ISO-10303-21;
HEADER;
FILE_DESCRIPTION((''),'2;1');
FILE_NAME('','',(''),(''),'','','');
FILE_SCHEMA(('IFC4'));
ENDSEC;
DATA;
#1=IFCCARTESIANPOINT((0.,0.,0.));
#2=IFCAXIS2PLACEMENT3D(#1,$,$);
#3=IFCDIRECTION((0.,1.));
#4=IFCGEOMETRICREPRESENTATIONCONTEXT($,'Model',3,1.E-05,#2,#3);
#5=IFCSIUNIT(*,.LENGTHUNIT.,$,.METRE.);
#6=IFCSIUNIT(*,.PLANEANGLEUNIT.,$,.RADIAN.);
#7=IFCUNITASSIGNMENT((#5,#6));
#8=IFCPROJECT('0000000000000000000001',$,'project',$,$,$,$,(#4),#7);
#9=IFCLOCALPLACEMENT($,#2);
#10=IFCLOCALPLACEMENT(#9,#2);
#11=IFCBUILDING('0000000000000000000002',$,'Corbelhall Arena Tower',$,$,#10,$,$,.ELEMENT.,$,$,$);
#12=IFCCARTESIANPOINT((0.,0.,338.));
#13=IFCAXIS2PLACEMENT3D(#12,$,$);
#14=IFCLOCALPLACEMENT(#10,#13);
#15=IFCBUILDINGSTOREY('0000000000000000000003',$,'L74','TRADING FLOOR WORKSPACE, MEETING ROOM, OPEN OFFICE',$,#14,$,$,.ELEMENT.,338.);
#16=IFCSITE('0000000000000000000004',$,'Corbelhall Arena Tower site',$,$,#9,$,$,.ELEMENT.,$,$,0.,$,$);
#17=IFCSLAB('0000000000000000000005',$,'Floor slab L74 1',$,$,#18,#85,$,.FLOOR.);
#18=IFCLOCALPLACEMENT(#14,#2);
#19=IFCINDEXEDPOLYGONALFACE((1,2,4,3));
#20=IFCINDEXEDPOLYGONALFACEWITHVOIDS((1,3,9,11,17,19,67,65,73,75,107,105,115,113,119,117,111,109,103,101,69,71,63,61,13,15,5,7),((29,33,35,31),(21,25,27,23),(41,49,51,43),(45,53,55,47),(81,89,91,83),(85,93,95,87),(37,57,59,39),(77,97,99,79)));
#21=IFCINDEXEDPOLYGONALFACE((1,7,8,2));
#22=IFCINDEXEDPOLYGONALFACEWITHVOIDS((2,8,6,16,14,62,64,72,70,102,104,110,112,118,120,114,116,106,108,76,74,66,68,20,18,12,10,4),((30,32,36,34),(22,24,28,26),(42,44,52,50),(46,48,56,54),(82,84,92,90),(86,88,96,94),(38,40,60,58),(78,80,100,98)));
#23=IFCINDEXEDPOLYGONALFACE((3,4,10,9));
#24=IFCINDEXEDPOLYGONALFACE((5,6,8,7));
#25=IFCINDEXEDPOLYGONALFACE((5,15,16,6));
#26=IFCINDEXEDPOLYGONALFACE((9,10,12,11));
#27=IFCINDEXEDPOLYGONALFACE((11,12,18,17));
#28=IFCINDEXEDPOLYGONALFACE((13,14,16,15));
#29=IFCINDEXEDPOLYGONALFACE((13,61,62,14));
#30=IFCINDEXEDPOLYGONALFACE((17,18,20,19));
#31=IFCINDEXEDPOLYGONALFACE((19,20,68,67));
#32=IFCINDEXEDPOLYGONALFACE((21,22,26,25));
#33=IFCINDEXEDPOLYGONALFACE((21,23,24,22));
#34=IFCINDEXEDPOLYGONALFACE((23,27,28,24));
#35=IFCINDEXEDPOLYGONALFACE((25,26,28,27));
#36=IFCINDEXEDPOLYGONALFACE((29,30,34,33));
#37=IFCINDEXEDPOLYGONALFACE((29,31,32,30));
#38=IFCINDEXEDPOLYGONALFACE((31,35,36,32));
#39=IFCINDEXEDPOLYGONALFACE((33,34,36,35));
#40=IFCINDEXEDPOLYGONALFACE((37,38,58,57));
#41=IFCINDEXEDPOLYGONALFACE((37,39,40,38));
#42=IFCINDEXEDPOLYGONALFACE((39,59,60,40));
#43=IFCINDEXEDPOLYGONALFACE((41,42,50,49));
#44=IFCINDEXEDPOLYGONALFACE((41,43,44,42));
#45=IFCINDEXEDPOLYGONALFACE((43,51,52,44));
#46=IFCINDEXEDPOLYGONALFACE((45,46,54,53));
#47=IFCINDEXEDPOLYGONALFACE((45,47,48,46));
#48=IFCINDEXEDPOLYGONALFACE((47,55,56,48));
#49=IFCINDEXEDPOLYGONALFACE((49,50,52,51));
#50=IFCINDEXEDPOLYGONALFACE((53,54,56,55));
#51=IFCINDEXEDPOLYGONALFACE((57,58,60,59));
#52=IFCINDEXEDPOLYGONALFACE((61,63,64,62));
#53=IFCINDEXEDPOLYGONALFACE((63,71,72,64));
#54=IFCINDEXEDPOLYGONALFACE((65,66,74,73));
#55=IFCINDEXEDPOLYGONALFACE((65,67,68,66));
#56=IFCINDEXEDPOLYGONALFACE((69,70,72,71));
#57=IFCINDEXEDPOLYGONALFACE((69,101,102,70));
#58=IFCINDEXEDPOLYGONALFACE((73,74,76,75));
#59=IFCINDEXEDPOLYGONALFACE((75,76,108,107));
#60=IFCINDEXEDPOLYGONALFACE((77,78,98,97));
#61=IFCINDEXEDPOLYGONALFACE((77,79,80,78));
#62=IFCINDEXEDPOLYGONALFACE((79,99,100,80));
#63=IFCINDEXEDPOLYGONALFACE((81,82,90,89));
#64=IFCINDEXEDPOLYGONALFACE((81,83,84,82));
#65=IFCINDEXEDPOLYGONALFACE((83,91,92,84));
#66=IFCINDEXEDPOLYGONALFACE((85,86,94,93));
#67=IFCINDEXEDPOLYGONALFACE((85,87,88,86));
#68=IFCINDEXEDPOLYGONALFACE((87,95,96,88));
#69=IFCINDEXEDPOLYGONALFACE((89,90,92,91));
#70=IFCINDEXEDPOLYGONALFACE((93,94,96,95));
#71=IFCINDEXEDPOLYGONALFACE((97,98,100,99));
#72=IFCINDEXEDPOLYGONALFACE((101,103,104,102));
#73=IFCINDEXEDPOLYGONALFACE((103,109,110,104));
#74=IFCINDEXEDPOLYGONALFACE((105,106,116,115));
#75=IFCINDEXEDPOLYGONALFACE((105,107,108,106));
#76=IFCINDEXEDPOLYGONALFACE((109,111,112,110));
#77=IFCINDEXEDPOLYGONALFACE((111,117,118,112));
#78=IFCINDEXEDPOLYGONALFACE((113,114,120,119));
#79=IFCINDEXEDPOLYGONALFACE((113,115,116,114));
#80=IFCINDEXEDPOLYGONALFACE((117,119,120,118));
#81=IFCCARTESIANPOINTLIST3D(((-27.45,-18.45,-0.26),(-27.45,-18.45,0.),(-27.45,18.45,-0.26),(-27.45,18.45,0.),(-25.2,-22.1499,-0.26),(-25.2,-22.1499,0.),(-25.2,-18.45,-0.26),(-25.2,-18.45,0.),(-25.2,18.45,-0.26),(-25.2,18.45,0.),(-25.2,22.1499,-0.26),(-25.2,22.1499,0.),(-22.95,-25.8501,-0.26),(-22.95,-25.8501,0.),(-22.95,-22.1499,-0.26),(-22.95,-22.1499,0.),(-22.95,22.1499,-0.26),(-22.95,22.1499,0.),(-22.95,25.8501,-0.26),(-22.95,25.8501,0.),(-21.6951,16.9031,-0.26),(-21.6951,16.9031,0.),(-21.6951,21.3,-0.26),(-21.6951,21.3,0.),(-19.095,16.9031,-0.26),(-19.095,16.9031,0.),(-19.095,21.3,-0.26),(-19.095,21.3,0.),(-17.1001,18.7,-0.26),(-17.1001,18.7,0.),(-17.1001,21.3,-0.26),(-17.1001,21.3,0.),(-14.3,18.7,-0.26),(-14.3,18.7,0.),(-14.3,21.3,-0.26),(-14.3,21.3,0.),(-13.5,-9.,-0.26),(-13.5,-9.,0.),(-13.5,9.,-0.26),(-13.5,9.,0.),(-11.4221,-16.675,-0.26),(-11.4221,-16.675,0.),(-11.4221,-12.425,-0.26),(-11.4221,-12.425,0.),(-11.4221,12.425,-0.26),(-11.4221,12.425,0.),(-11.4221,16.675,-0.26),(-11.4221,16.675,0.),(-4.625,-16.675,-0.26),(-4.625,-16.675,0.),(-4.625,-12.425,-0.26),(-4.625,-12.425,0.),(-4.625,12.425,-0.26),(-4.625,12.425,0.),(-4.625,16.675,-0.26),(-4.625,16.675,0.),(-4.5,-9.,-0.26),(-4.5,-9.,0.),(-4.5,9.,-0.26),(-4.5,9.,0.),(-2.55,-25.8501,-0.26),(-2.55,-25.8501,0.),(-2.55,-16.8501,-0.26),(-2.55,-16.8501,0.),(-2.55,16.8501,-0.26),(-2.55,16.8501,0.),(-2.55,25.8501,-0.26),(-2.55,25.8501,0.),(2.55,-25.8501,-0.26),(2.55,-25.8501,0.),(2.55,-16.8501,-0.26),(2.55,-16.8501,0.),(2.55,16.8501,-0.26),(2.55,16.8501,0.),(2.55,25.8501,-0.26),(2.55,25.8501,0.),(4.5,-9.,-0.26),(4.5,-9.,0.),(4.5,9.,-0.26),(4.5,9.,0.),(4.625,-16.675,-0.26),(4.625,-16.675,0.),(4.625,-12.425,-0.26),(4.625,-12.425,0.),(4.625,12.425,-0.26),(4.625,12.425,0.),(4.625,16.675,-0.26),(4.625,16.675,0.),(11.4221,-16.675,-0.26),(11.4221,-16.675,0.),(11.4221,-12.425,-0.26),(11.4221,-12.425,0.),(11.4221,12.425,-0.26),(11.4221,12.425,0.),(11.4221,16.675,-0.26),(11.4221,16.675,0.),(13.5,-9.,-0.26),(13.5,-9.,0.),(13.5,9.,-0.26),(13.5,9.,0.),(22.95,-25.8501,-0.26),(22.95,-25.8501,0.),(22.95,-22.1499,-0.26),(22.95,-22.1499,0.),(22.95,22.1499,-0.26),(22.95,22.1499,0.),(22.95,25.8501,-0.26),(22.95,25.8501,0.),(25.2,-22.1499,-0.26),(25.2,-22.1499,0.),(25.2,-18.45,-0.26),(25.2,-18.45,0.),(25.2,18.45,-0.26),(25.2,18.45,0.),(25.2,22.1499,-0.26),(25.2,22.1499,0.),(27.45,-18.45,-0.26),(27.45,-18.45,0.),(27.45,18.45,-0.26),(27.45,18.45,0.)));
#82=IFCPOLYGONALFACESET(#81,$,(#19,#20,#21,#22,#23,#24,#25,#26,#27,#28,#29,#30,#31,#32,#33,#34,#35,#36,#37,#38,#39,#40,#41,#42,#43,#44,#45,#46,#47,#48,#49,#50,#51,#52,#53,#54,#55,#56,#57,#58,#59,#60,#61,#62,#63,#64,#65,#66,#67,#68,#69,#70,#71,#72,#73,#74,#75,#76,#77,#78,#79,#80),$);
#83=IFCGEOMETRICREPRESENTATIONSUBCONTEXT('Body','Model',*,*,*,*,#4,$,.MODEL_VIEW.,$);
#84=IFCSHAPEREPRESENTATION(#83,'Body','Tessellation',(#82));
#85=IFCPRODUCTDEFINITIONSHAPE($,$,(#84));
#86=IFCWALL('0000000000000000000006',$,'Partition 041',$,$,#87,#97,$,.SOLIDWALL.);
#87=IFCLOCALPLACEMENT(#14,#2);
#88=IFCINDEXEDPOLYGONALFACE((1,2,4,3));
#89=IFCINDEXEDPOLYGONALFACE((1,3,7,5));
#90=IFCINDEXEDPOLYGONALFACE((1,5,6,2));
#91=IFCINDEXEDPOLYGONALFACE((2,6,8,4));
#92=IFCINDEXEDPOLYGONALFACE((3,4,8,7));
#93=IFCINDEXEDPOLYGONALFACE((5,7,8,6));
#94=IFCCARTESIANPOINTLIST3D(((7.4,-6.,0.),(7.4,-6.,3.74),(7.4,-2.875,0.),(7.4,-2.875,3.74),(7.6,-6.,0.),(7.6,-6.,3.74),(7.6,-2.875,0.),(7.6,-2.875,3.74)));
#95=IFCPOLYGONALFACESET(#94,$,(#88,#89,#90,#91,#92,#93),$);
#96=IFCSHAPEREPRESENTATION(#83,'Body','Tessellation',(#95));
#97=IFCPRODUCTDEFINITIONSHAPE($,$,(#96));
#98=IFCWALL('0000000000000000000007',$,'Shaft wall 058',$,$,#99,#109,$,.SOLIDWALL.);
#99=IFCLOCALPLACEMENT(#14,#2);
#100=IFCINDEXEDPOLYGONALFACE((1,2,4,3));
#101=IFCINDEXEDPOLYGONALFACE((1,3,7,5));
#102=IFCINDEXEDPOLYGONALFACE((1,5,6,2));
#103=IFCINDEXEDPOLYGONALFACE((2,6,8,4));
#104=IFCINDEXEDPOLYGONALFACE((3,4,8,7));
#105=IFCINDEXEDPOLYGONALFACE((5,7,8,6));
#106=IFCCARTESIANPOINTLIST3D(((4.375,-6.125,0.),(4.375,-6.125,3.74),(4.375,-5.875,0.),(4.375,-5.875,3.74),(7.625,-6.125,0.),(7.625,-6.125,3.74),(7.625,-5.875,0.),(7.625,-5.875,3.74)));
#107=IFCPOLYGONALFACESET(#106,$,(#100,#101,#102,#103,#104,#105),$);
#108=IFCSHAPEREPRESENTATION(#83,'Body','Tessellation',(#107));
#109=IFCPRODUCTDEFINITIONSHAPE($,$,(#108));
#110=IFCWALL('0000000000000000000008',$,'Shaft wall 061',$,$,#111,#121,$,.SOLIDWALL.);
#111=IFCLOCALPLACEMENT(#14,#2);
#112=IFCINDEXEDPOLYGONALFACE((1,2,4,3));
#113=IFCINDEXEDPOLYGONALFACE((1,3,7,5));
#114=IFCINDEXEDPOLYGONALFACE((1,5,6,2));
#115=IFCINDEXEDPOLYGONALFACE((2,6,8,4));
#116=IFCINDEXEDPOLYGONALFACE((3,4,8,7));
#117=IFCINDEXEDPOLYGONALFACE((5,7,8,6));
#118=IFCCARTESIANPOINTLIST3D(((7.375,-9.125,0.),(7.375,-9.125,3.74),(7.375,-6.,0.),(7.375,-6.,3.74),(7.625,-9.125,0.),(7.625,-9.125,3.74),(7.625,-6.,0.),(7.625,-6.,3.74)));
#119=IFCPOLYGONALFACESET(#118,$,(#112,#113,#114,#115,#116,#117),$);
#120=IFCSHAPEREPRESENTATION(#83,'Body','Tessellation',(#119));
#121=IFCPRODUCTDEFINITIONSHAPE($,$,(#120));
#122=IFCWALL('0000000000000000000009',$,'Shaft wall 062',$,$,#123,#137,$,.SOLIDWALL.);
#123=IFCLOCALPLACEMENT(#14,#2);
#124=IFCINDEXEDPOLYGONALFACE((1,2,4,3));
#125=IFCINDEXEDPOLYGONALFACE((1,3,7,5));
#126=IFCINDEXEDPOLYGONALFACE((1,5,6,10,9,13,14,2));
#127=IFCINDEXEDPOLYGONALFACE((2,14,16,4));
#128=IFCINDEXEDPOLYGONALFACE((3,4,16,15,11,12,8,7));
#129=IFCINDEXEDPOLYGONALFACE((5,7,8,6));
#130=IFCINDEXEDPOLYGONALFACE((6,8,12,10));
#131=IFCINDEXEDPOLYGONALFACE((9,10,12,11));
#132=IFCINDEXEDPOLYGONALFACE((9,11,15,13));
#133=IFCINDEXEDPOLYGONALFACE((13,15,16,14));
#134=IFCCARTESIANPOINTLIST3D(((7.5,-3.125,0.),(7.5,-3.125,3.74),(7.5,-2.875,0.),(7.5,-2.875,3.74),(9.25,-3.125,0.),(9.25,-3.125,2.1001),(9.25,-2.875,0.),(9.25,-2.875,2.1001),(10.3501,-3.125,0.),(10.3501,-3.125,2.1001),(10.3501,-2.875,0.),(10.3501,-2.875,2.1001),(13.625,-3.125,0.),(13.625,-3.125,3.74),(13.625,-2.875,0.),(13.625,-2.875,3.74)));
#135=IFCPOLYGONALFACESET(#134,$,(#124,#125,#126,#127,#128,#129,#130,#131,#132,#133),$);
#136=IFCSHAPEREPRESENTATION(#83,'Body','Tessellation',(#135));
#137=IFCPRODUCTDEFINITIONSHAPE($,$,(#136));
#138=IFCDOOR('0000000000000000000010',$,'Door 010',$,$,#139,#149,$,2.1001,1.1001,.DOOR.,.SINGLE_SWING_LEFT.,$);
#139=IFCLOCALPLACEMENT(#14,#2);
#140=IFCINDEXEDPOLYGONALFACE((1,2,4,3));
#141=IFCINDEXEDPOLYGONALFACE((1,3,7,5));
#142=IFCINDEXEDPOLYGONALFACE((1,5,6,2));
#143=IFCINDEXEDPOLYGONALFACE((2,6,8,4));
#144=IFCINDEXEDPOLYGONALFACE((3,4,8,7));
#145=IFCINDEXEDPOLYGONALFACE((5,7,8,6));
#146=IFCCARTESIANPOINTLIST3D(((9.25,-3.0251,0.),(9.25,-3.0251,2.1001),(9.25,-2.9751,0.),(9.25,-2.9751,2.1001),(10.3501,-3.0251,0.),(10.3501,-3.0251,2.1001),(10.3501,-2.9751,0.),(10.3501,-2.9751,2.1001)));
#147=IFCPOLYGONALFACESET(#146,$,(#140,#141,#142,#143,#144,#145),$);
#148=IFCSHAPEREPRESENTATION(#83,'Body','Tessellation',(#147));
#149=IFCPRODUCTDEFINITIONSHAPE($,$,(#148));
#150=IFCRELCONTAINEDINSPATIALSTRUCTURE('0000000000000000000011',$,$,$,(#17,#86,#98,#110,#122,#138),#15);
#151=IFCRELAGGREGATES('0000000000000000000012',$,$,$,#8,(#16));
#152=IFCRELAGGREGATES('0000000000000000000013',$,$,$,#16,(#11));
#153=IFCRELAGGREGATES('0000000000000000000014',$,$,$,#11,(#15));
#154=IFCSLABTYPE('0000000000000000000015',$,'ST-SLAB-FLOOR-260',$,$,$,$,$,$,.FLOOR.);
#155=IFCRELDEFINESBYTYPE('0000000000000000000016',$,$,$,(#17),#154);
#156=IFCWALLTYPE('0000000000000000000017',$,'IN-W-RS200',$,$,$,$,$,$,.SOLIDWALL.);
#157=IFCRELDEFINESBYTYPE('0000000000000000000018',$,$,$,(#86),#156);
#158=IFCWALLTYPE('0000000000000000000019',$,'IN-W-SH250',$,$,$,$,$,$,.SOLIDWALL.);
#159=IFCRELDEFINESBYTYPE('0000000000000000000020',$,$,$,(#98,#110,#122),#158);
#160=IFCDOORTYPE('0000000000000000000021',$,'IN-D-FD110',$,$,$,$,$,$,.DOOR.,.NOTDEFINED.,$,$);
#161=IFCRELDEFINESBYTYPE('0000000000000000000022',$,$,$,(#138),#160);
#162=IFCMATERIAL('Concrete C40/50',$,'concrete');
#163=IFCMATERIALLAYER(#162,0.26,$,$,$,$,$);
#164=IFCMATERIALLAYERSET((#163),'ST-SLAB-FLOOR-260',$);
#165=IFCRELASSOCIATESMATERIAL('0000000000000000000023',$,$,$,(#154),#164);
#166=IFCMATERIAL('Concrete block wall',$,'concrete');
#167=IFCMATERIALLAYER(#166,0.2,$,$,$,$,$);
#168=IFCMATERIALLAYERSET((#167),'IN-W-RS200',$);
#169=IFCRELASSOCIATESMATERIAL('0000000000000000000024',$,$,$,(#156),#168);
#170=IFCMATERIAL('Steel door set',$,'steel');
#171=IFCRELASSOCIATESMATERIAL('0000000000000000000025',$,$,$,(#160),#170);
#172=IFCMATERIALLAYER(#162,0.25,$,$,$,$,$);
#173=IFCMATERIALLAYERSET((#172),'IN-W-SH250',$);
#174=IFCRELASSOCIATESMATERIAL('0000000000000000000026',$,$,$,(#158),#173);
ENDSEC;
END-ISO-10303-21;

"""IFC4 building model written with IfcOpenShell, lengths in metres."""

from ifc_helpers import new_model, si_unit, direction, frame, frame_2d, origin, place, context, subcontext, project, spatial, polyline, rectangle, outline, extrude, material, layer, layer_set, type_object, element, fill, save


model = new_model("IFC4")

# Units and contexts
model_context = context("Model", 3, precision=1e-05, world=origin(), true_north=direction((0.0, 1.0)))
body_context = subcontext(model_context, "Body", "Model", "MODEL_VIEW")
ifc_project = project(units=[si_unit("LENGTHUNIT", "METRE"), si_unit("PLANEANGLEUNIT", "RADIAN")], contexts=[model_context])

# Site, building, storey
site_placement = place(None, origin())
site = spatial("IfcSite", under=ifc_project, at=site_placement, Name="Corbelhall Arena Tower site", CompositionType="ELEMENT", RefElevation=0.0)
building_placement = place(site_placement, origin())
building = spatial("IfcBuilding", under=site, at=building_placement, Name="Corbelhall Arena Tower", CompositionType="ELEMENT")
storey_placement = place(building_placement, frame((0.0, 0.0, 338.0)))
storey = spatial("IfcBuildingStorey", under=building, at=storey_placement, Name="L74", Description="TRADING FLOOR WORKSPACE, MEETING ROOM, OPEN OFFICE", CompositionType="ELEMENT", Elevation=338.0)

# Shared definitions
ifc_material_1 = material(Name="Concrete C40/50", Category="concrete")

# Slab
ifc_layer_1 = layer(ifc_material_1, 0.26)
ifc_layer_set_1 = layer_set([ifc_layer_1], Name="ST-SLAB-FLOOR-260")
slab_type_1 = type_object("IfcSlabType", Name="ST-SLAB-FLOOR-260", PredefinedType="FLOOR", material=ifc_layer_set_1)
slab_1_placement = place(storey_placement, frame((0.0, 0.0, -0.26)))
element("IfcSlab", 1, at=slab_1_placement, inside=storey, type_object=slab_type_1, Name="Floor slab L74 1", PredefinedType="FLOOR", context=body_context, shape_type="SweptSolid", body=[
    extrude(outline(polyline([(22.95, 25.8501), (2.55, 25.8501), (2.55, 16.8501), (-2.55, 16.8501), (-2.55, 25.8501), (-22.95, 25.8501), (-22.95, 22.1499), (-25.2, 22.1499), (-25.2, 18.45), (-27.45, 18.45), (-27.45, -18.45), (-25.2, -18.45), (-25.2, -22.1499), (-22.95, -22.1499), (-22.95, -25.8501), (-2.55, -25.8501), (-2.55, -16.8501), (2.55, -16.8501), (2.55, -25.8501), (22.95, -25.8501), (22.95, -22.1499), (25.2, -22.1499), (25.2, -18.45), (27.45, -18.45), (27.45, 18.45), (25.2, 18.45), (25.2, 22.1499), (22.95, 22.1499), (22.95, 25.8501)]), holes=[polyline([(-13.5, 9.0), (-13.5, -9.0), (-4.5, -9.0), (-4.5, 9.0), (-13.5, 9.0)]), polyline([(4.5, 9.0), (4.5, -9.0), (13.5, -9.0), (13.5, 9.0), (4.5, 9.0)]), polyline([(-4.625, 16.675), (-11.4221, 16.675), (-11.4221, 12.425), (-4.625, 12.425), (-4.625, 16.675)]), polyline([(-4.625, -16.675), (-4.625, -12.425), (-11.4221, -12.425), (-11.4221, -16.675), (-4.625, -16.675)]), polyline([(11.4221, 16.675), (4.625, 16.675), (4.625, 12.425), (11.4221, 12.425), (11.4221, 16.675)]), polyline([(11.4221, -16.675), (11.4221, -12.425), (4.625, -12.425), (4.625, -16.675), (11.4221, -16.675)]), polyline([(-21.6951, 21.3), (-21.6951, 16.9031), (-19.095, 16.9031), (-19.095, 21.3), (-21.6951, 21.3)]), polyline([(-14.3, 21.3), (-17.1001, 21.3), (-17.1001, 18.7), (-14.3, 18.7), (-14.3, 21.3)])]), origin(), (0.0, 0.0, 1.0), 0.26),
])

# Wall
ifc_material_2 = material(Name="Concrete block wall", Category="concrete")
ifc_layer_2 = layer(ifc_material_2, 0.2)
ifc_layer_set_2 = layer_set([ifc_layer_2], Name="IN-W-RS200")
wall_type_1 = type_object("IfcWallType", Name="IN-W-RS200", PredefinedType="SOLIDWALL", material=ifc_layer_set_2)
wall_1_placement = place(storey_placement, frame((7.5, -2.875, 0.0), z_axis=(0.0, 0.0, 1.0), x_axis=(0.0, -1.0, 0.0)))
element("IfcWall", 2, at=wall_1_placement, inside=storey, type_object=wall_type_1, Name="Partition 041", PredefinedType="SOLIDWALL", context=body_context, shape_type="SweptSolid", body=[
    extrude(rectangle(XDim=3.125, YDim=0.2, at=frame_2d((1.5625, 0.0))), origin(), (0.0, 0.0, 1.0), 3.74),
])

# Shared definitions
ifc_material_3 = material(Name="Steel door set", Category="steel")
door_type_1 = type_object("IfcDoorType", Name="IN-D-FD110", OperationType="NOTDEFINED", PredefinedType="DOOR", material=ifc_material_3)

# Walls
ifc_layer_3 = layer(ifc_material_1, 0.25)
ifc_layer_set_3 = layer_set([ifc_layer_3], Name="IN-W-SH250")
wall_type_2 = type_object("IfcWallType", Name="IN-W-SH250", PredefinedType="SOLIDWALL", material=ifc_layer_set_3)
wall_2_placement = place(storey_placement, frame((4.375, -6.0, 0.0), z_axis=(0.0, 0.0, 1.0), x_axis=(1.0, 0.0, 0.0)))
element("IfcWall", 3, at=wall_2_placement, inside=storey, type_object=wall_type_2, Name="Shaft wall 058", PredefinedType="SOLIDWALL", context=body_context, shape_type="SweptSolid", body=[
    extrude(rectangle(XDim=3.25, YDim=0.25, at=frame_2d((1.625, 0.0))), origin(), (0.0, 0.0, 1.0), 3.74),
])
wall_3_placement = place(storey_placement, frame((7.5, -6.0, 0.0), z_axis=(0.0, 0.0, 1.0), x_axis=(0.0, -1.0, 0.0)))
element("IfcWall", 4, at=wall_3_placement, inside=storey, type_object=wall_type_2, Name="Shaft wall 061", PredefinedType="SOLIDWALL", context=body_context, shape_type="SweptSolid", body=[
    extrude(rectangle(XDim=3.125, YDim=0.25, at=frame_2d((1.5625, 0.0))), origin(), (0.0, 0.0, 1.0), 3.74),
])

# Wall, opening, door
wall_4_placement = place(storey_placement, frame((7.5, -3.0, 0.0), z_axis=(0.0, 0.0, 1.0), x_axis=(1.0, 0.0, 0.0)))
wall_4 = element("IfcWall", 5, at=wall_4_placement, inside=storey, type_object=wall_type_2, Name="Shaft wall 062", PredefinedType="SOLIDWALL", context=body_context, shape_type="SweptSolid", body=[
    extrude(rectangle(XDim=6.125, YDim=0.25, at=frame_2d((3.0625, 0.0))), origin(), (0.0, 0.0, 1.0), 3.74),
])
opening_1_placement = place(wall_4_placement, frame((1.75, 0.0, 0.0)))
opening_1 = element("IfcOpeningElement", 6, at=opening_1_placement, cuts=wall_4, PredefinedType="OPENING", context=body_context, shape_type="SweptSolid", body=[
    extrude(rectangle(XDim=1.1001, YDim=2.1001, at=frame_2d((0.55, 1.05))), frame((0.0, 0.125, 0.0), z_axis=(0.0, -1.0, 0.0), x_axis=(1.0, 0.0, 0.0)), (0.0, 0.0, 1.0), 0.25),
])
door_1_placement = place(opening_1_placement, origin())
door_1 = element("IfcDoor", 7, at=door_1_placement, inside=storey, type_object=door_type_1, Name="Door 010", OperationType="SINGLE_SWING_LEFT", OverallHeight=2.1001, OverallWidth=1.1001, PredefinedType="DOOR", context=body_context, shape_type="SweptSolid", body=[
    extrude(rectangle(XDim=1.1001, YDim=2.1001, at=frame_2d((0.55, 1.05))), frame((0.0, 0.0249, 0.0), z_axis=(0.0, -1.0, 0.0), x_axis=(1.0, 0.0, 0.0)), (0.0, 0.0, 1.0), 0.05),
])
fill(opening_1, door_1)

save(model, "model.ifc")
